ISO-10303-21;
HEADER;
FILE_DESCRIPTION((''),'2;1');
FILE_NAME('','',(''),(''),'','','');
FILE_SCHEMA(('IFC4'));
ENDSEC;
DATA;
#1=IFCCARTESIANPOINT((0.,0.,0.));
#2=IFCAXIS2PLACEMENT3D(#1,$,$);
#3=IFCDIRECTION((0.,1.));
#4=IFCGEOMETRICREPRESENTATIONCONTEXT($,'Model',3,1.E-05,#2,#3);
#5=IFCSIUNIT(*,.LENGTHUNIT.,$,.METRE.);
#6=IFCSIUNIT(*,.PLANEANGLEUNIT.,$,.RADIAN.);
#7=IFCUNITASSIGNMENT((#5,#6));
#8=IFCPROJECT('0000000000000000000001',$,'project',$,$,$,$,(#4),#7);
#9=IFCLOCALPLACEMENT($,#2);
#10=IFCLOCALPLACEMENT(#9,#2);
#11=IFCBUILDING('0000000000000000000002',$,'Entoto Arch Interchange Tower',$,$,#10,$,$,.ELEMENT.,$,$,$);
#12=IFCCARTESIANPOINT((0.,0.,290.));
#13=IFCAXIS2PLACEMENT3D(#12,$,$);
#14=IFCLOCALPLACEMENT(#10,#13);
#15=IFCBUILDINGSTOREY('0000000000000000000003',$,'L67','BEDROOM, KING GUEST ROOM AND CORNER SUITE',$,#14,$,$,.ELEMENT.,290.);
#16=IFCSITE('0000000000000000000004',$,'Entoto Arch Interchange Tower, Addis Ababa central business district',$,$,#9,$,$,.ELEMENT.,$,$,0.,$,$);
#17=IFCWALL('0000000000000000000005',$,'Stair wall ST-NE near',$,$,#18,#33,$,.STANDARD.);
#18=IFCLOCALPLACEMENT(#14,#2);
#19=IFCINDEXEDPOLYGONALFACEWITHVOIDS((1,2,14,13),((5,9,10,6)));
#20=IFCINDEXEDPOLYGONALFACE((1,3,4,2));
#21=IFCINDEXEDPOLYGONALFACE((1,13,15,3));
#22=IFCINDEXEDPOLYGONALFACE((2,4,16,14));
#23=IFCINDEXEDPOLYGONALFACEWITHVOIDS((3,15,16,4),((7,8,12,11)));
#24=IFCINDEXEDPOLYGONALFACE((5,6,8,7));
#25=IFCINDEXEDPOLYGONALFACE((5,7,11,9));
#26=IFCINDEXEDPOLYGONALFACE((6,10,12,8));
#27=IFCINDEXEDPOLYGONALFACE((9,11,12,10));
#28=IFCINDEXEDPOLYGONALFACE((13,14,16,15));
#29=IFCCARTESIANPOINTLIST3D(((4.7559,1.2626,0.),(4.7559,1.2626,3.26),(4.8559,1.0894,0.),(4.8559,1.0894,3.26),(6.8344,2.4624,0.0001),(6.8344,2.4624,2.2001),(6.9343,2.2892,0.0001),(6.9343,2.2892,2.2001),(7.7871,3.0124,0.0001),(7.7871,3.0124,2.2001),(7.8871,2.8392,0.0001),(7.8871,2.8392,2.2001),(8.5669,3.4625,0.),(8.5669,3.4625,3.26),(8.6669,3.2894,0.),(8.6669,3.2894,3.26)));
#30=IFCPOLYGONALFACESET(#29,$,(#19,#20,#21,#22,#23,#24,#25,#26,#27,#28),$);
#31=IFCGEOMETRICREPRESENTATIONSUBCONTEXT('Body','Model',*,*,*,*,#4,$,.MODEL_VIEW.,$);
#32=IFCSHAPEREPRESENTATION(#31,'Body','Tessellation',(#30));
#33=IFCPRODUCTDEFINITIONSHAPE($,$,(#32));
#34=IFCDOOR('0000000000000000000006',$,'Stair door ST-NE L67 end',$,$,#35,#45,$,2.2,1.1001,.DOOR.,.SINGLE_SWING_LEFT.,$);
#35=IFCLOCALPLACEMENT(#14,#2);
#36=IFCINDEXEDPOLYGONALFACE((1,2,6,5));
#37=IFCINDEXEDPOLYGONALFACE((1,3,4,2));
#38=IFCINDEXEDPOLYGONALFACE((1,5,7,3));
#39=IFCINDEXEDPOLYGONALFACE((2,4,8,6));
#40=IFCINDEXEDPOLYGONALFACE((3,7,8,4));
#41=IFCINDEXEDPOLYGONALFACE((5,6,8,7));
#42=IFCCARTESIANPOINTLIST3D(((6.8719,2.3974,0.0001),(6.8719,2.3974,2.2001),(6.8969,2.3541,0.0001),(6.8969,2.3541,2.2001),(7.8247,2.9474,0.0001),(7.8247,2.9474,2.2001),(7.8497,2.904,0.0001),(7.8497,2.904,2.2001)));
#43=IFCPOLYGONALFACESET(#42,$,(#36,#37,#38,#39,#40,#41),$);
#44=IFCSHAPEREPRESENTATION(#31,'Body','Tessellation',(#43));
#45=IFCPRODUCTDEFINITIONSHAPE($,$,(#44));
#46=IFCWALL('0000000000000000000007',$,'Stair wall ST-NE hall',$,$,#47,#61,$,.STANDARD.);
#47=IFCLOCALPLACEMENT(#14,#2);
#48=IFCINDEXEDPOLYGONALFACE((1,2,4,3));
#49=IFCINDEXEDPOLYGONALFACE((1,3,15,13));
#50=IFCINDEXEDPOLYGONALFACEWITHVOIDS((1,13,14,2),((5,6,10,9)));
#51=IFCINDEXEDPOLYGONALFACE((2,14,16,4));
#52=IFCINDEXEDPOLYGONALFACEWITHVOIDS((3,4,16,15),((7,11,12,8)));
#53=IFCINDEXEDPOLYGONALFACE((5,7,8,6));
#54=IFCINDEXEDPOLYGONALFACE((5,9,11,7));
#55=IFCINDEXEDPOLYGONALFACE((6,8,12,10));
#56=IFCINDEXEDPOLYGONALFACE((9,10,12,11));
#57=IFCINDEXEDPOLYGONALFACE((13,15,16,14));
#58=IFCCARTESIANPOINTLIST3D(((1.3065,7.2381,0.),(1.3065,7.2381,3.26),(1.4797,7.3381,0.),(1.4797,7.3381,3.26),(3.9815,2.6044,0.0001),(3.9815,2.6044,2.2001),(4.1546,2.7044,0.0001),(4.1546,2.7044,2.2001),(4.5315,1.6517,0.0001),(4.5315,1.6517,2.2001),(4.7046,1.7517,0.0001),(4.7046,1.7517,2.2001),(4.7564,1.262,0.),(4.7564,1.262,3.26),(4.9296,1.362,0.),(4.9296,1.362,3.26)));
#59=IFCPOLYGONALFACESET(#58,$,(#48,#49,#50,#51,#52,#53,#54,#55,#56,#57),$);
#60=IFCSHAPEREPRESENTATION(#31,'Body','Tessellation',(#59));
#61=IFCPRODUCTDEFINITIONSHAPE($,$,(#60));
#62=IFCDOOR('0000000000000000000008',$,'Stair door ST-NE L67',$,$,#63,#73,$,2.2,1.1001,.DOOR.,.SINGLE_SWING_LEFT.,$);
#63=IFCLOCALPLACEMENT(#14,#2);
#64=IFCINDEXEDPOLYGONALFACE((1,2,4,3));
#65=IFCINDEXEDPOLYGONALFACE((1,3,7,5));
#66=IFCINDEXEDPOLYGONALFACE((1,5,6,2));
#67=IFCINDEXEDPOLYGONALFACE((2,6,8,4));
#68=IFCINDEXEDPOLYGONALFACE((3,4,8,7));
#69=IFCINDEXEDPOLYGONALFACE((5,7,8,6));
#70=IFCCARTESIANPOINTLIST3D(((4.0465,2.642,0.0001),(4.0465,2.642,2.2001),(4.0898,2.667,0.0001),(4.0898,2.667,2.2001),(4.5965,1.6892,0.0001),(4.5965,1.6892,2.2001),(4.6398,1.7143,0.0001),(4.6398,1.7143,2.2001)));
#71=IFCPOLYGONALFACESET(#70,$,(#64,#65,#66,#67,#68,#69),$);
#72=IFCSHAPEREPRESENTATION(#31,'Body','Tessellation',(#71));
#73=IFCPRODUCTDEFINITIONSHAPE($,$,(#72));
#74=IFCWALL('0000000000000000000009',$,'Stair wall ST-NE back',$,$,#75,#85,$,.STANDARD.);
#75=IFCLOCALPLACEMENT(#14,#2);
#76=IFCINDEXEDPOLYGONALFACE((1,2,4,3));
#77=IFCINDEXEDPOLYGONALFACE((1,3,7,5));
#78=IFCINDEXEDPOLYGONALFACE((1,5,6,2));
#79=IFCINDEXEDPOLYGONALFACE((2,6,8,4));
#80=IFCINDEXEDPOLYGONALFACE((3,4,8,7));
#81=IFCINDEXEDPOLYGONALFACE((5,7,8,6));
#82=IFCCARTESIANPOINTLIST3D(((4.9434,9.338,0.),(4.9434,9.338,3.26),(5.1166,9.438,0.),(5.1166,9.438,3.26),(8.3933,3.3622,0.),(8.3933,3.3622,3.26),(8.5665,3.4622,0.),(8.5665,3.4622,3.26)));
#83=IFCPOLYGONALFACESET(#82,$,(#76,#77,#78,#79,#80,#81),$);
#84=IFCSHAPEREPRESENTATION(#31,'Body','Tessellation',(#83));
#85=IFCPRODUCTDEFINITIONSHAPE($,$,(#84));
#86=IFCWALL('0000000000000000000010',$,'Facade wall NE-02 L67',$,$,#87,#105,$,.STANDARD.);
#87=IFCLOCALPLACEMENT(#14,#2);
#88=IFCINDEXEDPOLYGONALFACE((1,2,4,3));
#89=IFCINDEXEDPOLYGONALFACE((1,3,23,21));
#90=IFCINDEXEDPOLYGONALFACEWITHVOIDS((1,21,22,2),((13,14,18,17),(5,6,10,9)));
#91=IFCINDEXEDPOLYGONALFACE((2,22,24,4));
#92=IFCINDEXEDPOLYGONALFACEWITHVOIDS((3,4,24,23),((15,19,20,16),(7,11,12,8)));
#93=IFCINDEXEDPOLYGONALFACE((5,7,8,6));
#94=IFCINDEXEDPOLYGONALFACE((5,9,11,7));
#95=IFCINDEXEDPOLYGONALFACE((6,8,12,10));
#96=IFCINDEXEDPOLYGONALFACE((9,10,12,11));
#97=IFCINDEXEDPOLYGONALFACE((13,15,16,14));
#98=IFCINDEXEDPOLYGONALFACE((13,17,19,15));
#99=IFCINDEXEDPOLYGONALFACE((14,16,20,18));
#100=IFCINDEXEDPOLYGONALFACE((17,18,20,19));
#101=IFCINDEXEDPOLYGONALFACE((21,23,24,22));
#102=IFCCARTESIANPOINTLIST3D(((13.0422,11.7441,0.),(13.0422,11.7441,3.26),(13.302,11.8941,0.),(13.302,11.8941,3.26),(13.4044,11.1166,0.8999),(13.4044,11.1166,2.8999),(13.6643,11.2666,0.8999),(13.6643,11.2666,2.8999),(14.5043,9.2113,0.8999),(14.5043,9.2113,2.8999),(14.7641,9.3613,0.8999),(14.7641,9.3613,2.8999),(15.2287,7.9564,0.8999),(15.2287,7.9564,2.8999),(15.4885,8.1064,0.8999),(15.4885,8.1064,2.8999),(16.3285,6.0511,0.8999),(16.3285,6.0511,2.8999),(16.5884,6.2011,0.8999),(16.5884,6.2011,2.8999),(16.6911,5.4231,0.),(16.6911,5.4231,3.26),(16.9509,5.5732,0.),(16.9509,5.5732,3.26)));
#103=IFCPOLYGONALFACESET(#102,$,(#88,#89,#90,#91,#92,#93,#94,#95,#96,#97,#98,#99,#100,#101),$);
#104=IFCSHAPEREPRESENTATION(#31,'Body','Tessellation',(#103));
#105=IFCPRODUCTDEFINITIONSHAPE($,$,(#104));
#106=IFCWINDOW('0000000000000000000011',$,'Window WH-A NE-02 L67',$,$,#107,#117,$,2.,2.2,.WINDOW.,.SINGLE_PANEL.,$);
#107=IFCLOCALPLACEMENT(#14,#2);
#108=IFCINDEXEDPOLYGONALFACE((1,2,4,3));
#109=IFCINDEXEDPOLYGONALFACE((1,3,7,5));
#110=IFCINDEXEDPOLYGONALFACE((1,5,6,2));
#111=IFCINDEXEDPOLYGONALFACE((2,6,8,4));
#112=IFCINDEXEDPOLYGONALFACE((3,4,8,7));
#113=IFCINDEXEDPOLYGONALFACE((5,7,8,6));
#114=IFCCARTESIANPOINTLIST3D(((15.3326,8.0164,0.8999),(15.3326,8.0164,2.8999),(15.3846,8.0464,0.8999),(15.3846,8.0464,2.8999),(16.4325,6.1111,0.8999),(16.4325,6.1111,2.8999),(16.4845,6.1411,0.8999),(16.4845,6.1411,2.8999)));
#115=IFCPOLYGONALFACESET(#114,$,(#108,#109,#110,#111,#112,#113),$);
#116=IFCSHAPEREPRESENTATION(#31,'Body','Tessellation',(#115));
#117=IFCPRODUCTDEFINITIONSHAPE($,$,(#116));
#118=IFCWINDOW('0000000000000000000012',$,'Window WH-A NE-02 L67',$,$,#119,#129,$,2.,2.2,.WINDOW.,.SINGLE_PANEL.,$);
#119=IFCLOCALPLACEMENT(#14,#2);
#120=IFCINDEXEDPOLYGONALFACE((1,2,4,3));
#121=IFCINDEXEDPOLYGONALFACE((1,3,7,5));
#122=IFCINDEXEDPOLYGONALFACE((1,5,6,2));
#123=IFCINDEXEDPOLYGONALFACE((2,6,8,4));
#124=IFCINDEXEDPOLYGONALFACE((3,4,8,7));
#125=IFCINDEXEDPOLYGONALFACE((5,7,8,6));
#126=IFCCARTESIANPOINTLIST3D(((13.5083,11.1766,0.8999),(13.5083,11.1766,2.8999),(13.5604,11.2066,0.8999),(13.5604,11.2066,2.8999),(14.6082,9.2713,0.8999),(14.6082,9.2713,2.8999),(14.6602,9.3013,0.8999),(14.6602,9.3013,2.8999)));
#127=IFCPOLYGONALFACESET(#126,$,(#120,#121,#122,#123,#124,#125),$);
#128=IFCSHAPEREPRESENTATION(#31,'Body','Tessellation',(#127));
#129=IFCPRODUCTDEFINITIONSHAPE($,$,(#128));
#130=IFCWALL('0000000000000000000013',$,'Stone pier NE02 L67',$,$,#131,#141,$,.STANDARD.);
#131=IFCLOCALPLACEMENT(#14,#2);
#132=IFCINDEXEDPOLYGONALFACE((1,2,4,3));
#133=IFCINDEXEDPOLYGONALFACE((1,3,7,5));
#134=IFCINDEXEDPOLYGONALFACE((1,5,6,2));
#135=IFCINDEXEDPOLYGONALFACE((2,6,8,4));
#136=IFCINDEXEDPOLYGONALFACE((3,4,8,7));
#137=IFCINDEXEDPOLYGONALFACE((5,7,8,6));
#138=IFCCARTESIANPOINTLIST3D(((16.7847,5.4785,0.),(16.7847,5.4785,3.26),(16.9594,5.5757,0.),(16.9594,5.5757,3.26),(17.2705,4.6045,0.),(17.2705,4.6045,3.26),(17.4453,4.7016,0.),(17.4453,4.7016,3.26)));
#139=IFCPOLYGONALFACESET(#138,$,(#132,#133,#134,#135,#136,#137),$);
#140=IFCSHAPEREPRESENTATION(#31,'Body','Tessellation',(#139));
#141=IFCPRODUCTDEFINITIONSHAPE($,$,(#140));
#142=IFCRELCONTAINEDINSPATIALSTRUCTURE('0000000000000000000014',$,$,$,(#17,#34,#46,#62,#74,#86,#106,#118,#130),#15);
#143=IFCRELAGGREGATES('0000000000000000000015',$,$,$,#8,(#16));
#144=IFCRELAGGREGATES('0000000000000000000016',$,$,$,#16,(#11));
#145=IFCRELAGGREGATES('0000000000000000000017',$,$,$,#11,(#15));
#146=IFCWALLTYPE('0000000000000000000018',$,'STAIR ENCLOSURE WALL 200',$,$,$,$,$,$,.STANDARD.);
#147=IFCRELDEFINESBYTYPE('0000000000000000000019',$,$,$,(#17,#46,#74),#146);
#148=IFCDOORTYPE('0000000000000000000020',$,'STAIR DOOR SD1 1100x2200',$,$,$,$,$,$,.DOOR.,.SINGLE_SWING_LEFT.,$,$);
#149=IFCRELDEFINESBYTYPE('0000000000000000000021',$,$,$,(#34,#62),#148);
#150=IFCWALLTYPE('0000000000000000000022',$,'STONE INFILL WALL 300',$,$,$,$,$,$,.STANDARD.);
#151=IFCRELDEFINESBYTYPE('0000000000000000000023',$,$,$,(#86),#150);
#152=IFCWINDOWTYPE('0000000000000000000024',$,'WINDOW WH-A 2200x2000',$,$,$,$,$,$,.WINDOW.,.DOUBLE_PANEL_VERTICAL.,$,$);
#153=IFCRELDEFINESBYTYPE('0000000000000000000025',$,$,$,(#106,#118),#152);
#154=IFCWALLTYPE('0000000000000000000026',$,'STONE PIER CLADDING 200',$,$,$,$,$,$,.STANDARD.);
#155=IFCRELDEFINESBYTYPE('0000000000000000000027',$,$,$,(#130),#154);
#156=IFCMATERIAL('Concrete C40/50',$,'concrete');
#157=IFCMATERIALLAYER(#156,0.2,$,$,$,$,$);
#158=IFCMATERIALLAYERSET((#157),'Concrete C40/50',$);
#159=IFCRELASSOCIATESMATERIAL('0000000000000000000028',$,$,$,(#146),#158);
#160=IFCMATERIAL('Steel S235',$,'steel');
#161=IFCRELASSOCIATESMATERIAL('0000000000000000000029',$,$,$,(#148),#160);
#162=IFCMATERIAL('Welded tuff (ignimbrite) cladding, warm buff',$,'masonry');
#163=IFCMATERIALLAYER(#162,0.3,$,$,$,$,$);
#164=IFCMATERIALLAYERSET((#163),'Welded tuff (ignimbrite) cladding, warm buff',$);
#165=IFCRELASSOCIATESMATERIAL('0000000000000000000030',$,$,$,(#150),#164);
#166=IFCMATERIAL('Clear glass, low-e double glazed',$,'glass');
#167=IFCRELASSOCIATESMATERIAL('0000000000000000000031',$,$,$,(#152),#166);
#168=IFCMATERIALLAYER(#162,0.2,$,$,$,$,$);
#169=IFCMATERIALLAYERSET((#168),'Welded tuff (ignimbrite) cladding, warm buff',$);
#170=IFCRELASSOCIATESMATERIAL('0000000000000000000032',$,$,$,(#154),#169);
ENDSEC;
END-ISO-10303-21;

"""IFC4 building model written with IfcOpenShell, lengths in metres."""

from ifc_helpers import new_model, si_unit, direction, frame, frame_2d, origin, place, context, subcontext, project, spatial, rectangle, extrude, material, layer, layer_set, type_object, element, fill, save


model = new_model("IFC4")

# Units and contexts
model_context = context("Model", 3, precision=1e-05, world=origin(), true_north=direction((0.0, 1.0)))
body_context = subcontext(model_context, "Body", "Model", "MODEL_VIEW")
ifc_project = project(units=[si_unit("LENGTHUNIT", "METRE"), si_unit("PLANEANGLEUNIT", "RADIAN")], contexts=[model_context])

# Site, building, storey
site_placement = place(None, origin())
site = spatial("IfcSite", under=ifc_project, at=site_placement, Name="Entoto Arch Interchange Tower, Addis Ababa central business district", CompositionType="ELEMENT", RefElevation=0.0)
building_placement = place(site_placement, origin())
building = spatial("IfcBuilding", under=site, at=building_placement, Name="Entoto Arch Interchange Tower", CompositionType="ELEMENT")
storey_placement = place(building_placement, frame((0.0, 0.0, 290.0)))
storey = spatial("IfcBuildingStorey", under=building, at=storey_placement, Name="L67", Description="BEDROOM, KING GUEST ROOM AND CORNER SUITE", CompositionType="ELEMENT", Elevation=290.0)

# Shared definitions
ifc_material_1 = material(Name="Concrete C40/50", Category="concrete")

# Walls, openings, doors
ifc_layer_1 = layer(ifc_material_1, 0.2)
ifc_layer_set_1 = layer_set([ifc_layer_1], Name="Concrete C40/50")
wall_type_1 = type_object("IfcWallType", Name="STAIR ENCLOSURE WALL 200", PredefinedType="STANDARD", material=ifc_layer_set_1)
wall_1_placement = place(storey_placement, frame((4.8059, 1.176, 0.0), z_axis=(0.0, 0.0, 1.0), x_axis=(0.86606, 0.49994, 0.0)))
wall_1 = element("IfcWall", 1, at=wall_1_placement, inside=storey, type_object=wall_type_1, Name="Stair wall ST-NE near", PredefinedType="STANDARD", context=body_context, shape_type="SweptSolid", body=[
    extrude(rectangle(XDim=4.4004, YDim=0.2, at=frame_2d((2.2002, 0.0))), origin(), (0.0, 0.0, 1.0), 3.26),
])
opening_1_placement = place(wall_1_placement, frame((2.3999, 0.0, 0.0)))
opening_1 = element("IfcOpeningElement", 2, at=opening_1_placement, cuts=wall_1, PredefinedType="OPENING", context=body_context, shape_type="SweptSolid", body=[
    extrude(rectangle(XDim=1.1001, YDim=2.2, at=frame_2d((0.55, 1.1001))), frame((0.0, 0.1099, 0.0), z_axis=(0.0, -1.0, 0.0), x_axis=(1.0, 0.0, 0.0)), (0.0, 0.0, 1.0), 0.22),
])
ifc_material_2 = material(Name="Steel S235", Category="steel")
door_type_1 = type_object("IfcDoorType", Name="STAIR DOOR SD1 1100x2200", OperationType="SINGLE_SWING_LEFT", PredefinedType="DOOR", material=ifc_material_2)
door_1_placement = place(opening_1_placement, origin())
door_1 = element("IfcDoor", 3, at=door_1_placement, inside=storey, type_object=door_type_1, Name="Stair door ST-NE L67 end", OperationType="SINGLE_SWING_LEFT", OverallHeight=2.2, OverallWidth=1.1001, PredefinedType="DOOR", context=body_context, shape_type="SweptSolid", body=[
    extrude(rectangle(XDim=1.1001, YDim=2.2, at=frame_2d((0.55, 1.1001))), frame((0.0, 0.0249, 0.0), z_axis=(0.0, -1.0, 0.0), x_axis=(1.0, 0.0, 0.0)), (0.0, 0.0, 1.0), 0.05),
])
fill(opening_1, door_1)
wall_2_placement = place(storey_placement, frame((4.843, 1.312, 0.0), z_axis=(0.0, 0.0, 1.0), x_axis=(-0.499963, 0.866047, 0.0)))
wall_2 = element("IfcWall", 4, at=wall_2_placement, inside=storey, type_object=wall_type_1, Name="Stair wall ST-NE hall", PredefinedType="STANDARD", context=body_context, shape_type="SweptSolid", body=[
    extrude(rectangle(XDim=6.9004, YDim=0.2, at=frame_2d((3.4502, 0.0))), origin(), (0.0, 0.0, 1.0), 3.26),
])
opening_2_placement = place(wall_2_placement, frame((0.45, 0.0, 0.0)))
opening_2 = element("IfcOpeningElement", 5, at=opening_2_placement, cuts=wall_2, PredefinedType="OPENING", context=body_context, shape_type="SweptSolid", body=[
    extrude(rectangle(XDim=1.1001, YDim=2.2, at=frame_2d((0.55, 1.1001))), frame((0.0, 0.1099, 0.0), z_axis=(0.0, -1.0, 0.0), x_axis=(1.0, 0.0, 0.0)), (0.0, 0.0, 1.0), 0.22),
])
door_2_placement = place(opening_2_placement, origin())
door_2 = element("IfcDoor", 6, at=door_2_placement, inside=storey, type_object=door_type_1, Name="Stair door ST-NE L67", OperationType="SINGLE_SWING_LEFT", OverallHeight=2.2, OverallWidth=1.1001, PredefinedType="DOOR", context=body_context, shape_type="SweptSolid", body=[
    extrude(rectangle(XDim=1.1001, YDim=2.2, at=frame_2d((0.55, 1.1001))), frame((0.0, 0.0249, 0.0), z_axis=(0.0, -1.0, 0.0), x_axis=(1.0, 0.0, 0.0)), (0.0, 0.0, 1.0), 0.05),
])
fill(opening_2, door_2)

# Wall
wall_3_placement = place(storey_placement, frame((8.48, 3.4121, 0.0), z_axis=(0.0, 0.0, 1.0), x_axis=(-0.499979, 0.866038, 0.0)))
element("IfcWall", 7, at=wall_3_placement, inside=storey, type_object=wall_type_1, Name="Stair wall ST-NE back", PredefinedType="STANDARD", context=body_context, shape_type="SweptSolid", body=[
    extrude(rectangle(XDim=6.9001, YDim=0.2, at=frame_2d((3.4502, 0.0))), origin(), (0.0, 0.0, 1.0), 3.26),
])

# Wall, openings, windows
ifc_material_3 = material(Name="Welded tuff (ignimbrite) cladding, warm buff", Category="masonry")
ifc_layer_2 = layer(ifc_material_3, 0.3)
ifc_layer_set_2 = layer_set([ifc_layer_2], Name="Welded tuff (ignimbrite) cladding, warm buff")
wall_type_2 = type_object("IfcWallType", Name="STONE INFILL WALL 300", PredefinedType="STANDARD", material=ifc_layer_set_2)
wall_4_placement = place(storey_placement, frame((16.821, 5.498, 0.0), z_axis=(0.0, 0.0, 1.0), x_axis=(-0.499945, 0.866057, 0.0)))
wall_4 = element("IfcWall", 8, at=wall_4_placement, inside=storey, type_object=wall_type_2, Name="Facade wall NE-02 L67", PredefinedType="STANDARD", context=body_context, shape_type="SweptSolid", body=[
    extrude(rectangle(XDim=7.2986, YDim=0.3, at=frame_2d((3.6494, 0.0))), origin(), (0.0, 0.0, 1.0), 3.26),
])
opening_3_placement = place(wall_4_placement, frame((0.7251, 0.0, 0.8999)))
opening_3 = element("IfcOpeningElement", 9, at=opening_3_placement, cuts=wall_4, PredefinedType="OPENING", context=body_context, shape_type="SweptSolid", body=[
    extrude(rectangle(XDim=2.2, YDim=2.0, at=frame_2d((1.1001, 1.0))), frame((0.0, 0.1602, 0.0), z_axis=(0.0, -1.0, 0.0), x_axis=(1.0, 0.0, 0.0)), (0.0, 0.0, 1.0), 0.3201),
])
opening_4_placement = place(wall_4_placement, frame((4.374, 0.0, 0.8999)))
opening_4 = element("IfcOpeningElement", 10, at=opening_4_placement, cuts=wall_4, PredefinedType="OPENING", context=body_context, shape_type="SweptSolid", body=[
    extrude(rectangle(XDim=2.2, YDim=2.0, at=frame_2d((1.1001, 1.0))), frame((0.0, 0.1602, 0.0), z_axis=(0.0, -1.0, 0.0), x_axis=(1.0, 0.0, 0.0)), (0.0, 0.0, 1.0), 0.3201),
])
ifc_material_4 = material(Name="Clear glass, low-e double glazed", Category="glass")
window_type = type_object("IfcWindowType", Name="WINDOW WH-A 2200x2000", PartitioningType="DOUBLE_PANEL_VERTICAL", PredefinedType="WINDOW", material=ifc_material_4)
window_1_placement = place(opening_3_placement, origin())
window_1 = element("IfcWindow", 11, at=window_1_placement, inside=storey, type_object=window_type, Name="Window WH-A NE-02 L67", OverallHeight=2.0, OverallWidth=2.2, PartitioningType="SINGLE_PANEL", PredefinedType="WINDOW", context=body_context, shape_type="SweptSolid", body=[
    extrude(rectangle(XDim=2.2, YDim=2.0, at=frame_2d((1.1001, 1.0))), frame((0.0, 0.03, 0.0), z_axis=(0.0, -1.0, 0.0), x_axis=(1.0, 0.0, 0.0)), (0.0, 0.0, 1.0), 0.0601),
])
fill(opening_3, window_1)
window_2_placement = place(opening_4_placement, origin())
window_2 = element("IfcWindow", 12, at=window_2_placement, inside=storey, type_object=window_type, Name="Window WH-A NE-02 L67", OverallHeight=2.0, OverallWidth=2.2, PartitioningType="SINGLE_PANEL", PredefinedType="WINDOW", context=body_context, shape_type="SweptSolid", body=[
    extrude(rectangle(XDim=2.2, YDim=2.0, at=frame_2d((1.1001, 1.0))), frame((0.0, 0.03, 0.0), z_axis=(0.0, -1.0, 0.0), x_axis=(1.0, 0.0, 0.0)), (0.0, 0.0, 1.0), 0.0601),
])
fill(opening_4, window_2)

# Wall
ifc_layer_3 = layer(ifc_material_3, 0.2)
ifc_layer_set_3 = layer_set([ifc_layer_3], Name="Welded tuff (ignimbrite) cladding, warm buff")
wall_type_3 = type_object("IfcWallType", Name="STONE PIER CLADDING 200", PredefinedType="STANDARD", material=ifc_layer_set_3)
wall_5_placement = place(storey_placement, frame((17.3579, 4.6531, 0.0), z_axis=(0.0, 0.0, 1.0), x_axis=(-0.48585, 0.874042, 0.0)))
element("IfcWall", 13, at=wall_5_placement, inside=storey, type_object=wall_type_3, Name="Stone pier NE02 L67", PredefinedType="STANDARD", context=body_context, shape_type="SweptSolid", body=[
    extrude(rectangle(XDim=1.0, YDim=0.2, at=frame_2d((0.5, 0.0))), origin(), (0.0, 0.0, 1.0), 3.26),
])

save(model, "model.ifc")
